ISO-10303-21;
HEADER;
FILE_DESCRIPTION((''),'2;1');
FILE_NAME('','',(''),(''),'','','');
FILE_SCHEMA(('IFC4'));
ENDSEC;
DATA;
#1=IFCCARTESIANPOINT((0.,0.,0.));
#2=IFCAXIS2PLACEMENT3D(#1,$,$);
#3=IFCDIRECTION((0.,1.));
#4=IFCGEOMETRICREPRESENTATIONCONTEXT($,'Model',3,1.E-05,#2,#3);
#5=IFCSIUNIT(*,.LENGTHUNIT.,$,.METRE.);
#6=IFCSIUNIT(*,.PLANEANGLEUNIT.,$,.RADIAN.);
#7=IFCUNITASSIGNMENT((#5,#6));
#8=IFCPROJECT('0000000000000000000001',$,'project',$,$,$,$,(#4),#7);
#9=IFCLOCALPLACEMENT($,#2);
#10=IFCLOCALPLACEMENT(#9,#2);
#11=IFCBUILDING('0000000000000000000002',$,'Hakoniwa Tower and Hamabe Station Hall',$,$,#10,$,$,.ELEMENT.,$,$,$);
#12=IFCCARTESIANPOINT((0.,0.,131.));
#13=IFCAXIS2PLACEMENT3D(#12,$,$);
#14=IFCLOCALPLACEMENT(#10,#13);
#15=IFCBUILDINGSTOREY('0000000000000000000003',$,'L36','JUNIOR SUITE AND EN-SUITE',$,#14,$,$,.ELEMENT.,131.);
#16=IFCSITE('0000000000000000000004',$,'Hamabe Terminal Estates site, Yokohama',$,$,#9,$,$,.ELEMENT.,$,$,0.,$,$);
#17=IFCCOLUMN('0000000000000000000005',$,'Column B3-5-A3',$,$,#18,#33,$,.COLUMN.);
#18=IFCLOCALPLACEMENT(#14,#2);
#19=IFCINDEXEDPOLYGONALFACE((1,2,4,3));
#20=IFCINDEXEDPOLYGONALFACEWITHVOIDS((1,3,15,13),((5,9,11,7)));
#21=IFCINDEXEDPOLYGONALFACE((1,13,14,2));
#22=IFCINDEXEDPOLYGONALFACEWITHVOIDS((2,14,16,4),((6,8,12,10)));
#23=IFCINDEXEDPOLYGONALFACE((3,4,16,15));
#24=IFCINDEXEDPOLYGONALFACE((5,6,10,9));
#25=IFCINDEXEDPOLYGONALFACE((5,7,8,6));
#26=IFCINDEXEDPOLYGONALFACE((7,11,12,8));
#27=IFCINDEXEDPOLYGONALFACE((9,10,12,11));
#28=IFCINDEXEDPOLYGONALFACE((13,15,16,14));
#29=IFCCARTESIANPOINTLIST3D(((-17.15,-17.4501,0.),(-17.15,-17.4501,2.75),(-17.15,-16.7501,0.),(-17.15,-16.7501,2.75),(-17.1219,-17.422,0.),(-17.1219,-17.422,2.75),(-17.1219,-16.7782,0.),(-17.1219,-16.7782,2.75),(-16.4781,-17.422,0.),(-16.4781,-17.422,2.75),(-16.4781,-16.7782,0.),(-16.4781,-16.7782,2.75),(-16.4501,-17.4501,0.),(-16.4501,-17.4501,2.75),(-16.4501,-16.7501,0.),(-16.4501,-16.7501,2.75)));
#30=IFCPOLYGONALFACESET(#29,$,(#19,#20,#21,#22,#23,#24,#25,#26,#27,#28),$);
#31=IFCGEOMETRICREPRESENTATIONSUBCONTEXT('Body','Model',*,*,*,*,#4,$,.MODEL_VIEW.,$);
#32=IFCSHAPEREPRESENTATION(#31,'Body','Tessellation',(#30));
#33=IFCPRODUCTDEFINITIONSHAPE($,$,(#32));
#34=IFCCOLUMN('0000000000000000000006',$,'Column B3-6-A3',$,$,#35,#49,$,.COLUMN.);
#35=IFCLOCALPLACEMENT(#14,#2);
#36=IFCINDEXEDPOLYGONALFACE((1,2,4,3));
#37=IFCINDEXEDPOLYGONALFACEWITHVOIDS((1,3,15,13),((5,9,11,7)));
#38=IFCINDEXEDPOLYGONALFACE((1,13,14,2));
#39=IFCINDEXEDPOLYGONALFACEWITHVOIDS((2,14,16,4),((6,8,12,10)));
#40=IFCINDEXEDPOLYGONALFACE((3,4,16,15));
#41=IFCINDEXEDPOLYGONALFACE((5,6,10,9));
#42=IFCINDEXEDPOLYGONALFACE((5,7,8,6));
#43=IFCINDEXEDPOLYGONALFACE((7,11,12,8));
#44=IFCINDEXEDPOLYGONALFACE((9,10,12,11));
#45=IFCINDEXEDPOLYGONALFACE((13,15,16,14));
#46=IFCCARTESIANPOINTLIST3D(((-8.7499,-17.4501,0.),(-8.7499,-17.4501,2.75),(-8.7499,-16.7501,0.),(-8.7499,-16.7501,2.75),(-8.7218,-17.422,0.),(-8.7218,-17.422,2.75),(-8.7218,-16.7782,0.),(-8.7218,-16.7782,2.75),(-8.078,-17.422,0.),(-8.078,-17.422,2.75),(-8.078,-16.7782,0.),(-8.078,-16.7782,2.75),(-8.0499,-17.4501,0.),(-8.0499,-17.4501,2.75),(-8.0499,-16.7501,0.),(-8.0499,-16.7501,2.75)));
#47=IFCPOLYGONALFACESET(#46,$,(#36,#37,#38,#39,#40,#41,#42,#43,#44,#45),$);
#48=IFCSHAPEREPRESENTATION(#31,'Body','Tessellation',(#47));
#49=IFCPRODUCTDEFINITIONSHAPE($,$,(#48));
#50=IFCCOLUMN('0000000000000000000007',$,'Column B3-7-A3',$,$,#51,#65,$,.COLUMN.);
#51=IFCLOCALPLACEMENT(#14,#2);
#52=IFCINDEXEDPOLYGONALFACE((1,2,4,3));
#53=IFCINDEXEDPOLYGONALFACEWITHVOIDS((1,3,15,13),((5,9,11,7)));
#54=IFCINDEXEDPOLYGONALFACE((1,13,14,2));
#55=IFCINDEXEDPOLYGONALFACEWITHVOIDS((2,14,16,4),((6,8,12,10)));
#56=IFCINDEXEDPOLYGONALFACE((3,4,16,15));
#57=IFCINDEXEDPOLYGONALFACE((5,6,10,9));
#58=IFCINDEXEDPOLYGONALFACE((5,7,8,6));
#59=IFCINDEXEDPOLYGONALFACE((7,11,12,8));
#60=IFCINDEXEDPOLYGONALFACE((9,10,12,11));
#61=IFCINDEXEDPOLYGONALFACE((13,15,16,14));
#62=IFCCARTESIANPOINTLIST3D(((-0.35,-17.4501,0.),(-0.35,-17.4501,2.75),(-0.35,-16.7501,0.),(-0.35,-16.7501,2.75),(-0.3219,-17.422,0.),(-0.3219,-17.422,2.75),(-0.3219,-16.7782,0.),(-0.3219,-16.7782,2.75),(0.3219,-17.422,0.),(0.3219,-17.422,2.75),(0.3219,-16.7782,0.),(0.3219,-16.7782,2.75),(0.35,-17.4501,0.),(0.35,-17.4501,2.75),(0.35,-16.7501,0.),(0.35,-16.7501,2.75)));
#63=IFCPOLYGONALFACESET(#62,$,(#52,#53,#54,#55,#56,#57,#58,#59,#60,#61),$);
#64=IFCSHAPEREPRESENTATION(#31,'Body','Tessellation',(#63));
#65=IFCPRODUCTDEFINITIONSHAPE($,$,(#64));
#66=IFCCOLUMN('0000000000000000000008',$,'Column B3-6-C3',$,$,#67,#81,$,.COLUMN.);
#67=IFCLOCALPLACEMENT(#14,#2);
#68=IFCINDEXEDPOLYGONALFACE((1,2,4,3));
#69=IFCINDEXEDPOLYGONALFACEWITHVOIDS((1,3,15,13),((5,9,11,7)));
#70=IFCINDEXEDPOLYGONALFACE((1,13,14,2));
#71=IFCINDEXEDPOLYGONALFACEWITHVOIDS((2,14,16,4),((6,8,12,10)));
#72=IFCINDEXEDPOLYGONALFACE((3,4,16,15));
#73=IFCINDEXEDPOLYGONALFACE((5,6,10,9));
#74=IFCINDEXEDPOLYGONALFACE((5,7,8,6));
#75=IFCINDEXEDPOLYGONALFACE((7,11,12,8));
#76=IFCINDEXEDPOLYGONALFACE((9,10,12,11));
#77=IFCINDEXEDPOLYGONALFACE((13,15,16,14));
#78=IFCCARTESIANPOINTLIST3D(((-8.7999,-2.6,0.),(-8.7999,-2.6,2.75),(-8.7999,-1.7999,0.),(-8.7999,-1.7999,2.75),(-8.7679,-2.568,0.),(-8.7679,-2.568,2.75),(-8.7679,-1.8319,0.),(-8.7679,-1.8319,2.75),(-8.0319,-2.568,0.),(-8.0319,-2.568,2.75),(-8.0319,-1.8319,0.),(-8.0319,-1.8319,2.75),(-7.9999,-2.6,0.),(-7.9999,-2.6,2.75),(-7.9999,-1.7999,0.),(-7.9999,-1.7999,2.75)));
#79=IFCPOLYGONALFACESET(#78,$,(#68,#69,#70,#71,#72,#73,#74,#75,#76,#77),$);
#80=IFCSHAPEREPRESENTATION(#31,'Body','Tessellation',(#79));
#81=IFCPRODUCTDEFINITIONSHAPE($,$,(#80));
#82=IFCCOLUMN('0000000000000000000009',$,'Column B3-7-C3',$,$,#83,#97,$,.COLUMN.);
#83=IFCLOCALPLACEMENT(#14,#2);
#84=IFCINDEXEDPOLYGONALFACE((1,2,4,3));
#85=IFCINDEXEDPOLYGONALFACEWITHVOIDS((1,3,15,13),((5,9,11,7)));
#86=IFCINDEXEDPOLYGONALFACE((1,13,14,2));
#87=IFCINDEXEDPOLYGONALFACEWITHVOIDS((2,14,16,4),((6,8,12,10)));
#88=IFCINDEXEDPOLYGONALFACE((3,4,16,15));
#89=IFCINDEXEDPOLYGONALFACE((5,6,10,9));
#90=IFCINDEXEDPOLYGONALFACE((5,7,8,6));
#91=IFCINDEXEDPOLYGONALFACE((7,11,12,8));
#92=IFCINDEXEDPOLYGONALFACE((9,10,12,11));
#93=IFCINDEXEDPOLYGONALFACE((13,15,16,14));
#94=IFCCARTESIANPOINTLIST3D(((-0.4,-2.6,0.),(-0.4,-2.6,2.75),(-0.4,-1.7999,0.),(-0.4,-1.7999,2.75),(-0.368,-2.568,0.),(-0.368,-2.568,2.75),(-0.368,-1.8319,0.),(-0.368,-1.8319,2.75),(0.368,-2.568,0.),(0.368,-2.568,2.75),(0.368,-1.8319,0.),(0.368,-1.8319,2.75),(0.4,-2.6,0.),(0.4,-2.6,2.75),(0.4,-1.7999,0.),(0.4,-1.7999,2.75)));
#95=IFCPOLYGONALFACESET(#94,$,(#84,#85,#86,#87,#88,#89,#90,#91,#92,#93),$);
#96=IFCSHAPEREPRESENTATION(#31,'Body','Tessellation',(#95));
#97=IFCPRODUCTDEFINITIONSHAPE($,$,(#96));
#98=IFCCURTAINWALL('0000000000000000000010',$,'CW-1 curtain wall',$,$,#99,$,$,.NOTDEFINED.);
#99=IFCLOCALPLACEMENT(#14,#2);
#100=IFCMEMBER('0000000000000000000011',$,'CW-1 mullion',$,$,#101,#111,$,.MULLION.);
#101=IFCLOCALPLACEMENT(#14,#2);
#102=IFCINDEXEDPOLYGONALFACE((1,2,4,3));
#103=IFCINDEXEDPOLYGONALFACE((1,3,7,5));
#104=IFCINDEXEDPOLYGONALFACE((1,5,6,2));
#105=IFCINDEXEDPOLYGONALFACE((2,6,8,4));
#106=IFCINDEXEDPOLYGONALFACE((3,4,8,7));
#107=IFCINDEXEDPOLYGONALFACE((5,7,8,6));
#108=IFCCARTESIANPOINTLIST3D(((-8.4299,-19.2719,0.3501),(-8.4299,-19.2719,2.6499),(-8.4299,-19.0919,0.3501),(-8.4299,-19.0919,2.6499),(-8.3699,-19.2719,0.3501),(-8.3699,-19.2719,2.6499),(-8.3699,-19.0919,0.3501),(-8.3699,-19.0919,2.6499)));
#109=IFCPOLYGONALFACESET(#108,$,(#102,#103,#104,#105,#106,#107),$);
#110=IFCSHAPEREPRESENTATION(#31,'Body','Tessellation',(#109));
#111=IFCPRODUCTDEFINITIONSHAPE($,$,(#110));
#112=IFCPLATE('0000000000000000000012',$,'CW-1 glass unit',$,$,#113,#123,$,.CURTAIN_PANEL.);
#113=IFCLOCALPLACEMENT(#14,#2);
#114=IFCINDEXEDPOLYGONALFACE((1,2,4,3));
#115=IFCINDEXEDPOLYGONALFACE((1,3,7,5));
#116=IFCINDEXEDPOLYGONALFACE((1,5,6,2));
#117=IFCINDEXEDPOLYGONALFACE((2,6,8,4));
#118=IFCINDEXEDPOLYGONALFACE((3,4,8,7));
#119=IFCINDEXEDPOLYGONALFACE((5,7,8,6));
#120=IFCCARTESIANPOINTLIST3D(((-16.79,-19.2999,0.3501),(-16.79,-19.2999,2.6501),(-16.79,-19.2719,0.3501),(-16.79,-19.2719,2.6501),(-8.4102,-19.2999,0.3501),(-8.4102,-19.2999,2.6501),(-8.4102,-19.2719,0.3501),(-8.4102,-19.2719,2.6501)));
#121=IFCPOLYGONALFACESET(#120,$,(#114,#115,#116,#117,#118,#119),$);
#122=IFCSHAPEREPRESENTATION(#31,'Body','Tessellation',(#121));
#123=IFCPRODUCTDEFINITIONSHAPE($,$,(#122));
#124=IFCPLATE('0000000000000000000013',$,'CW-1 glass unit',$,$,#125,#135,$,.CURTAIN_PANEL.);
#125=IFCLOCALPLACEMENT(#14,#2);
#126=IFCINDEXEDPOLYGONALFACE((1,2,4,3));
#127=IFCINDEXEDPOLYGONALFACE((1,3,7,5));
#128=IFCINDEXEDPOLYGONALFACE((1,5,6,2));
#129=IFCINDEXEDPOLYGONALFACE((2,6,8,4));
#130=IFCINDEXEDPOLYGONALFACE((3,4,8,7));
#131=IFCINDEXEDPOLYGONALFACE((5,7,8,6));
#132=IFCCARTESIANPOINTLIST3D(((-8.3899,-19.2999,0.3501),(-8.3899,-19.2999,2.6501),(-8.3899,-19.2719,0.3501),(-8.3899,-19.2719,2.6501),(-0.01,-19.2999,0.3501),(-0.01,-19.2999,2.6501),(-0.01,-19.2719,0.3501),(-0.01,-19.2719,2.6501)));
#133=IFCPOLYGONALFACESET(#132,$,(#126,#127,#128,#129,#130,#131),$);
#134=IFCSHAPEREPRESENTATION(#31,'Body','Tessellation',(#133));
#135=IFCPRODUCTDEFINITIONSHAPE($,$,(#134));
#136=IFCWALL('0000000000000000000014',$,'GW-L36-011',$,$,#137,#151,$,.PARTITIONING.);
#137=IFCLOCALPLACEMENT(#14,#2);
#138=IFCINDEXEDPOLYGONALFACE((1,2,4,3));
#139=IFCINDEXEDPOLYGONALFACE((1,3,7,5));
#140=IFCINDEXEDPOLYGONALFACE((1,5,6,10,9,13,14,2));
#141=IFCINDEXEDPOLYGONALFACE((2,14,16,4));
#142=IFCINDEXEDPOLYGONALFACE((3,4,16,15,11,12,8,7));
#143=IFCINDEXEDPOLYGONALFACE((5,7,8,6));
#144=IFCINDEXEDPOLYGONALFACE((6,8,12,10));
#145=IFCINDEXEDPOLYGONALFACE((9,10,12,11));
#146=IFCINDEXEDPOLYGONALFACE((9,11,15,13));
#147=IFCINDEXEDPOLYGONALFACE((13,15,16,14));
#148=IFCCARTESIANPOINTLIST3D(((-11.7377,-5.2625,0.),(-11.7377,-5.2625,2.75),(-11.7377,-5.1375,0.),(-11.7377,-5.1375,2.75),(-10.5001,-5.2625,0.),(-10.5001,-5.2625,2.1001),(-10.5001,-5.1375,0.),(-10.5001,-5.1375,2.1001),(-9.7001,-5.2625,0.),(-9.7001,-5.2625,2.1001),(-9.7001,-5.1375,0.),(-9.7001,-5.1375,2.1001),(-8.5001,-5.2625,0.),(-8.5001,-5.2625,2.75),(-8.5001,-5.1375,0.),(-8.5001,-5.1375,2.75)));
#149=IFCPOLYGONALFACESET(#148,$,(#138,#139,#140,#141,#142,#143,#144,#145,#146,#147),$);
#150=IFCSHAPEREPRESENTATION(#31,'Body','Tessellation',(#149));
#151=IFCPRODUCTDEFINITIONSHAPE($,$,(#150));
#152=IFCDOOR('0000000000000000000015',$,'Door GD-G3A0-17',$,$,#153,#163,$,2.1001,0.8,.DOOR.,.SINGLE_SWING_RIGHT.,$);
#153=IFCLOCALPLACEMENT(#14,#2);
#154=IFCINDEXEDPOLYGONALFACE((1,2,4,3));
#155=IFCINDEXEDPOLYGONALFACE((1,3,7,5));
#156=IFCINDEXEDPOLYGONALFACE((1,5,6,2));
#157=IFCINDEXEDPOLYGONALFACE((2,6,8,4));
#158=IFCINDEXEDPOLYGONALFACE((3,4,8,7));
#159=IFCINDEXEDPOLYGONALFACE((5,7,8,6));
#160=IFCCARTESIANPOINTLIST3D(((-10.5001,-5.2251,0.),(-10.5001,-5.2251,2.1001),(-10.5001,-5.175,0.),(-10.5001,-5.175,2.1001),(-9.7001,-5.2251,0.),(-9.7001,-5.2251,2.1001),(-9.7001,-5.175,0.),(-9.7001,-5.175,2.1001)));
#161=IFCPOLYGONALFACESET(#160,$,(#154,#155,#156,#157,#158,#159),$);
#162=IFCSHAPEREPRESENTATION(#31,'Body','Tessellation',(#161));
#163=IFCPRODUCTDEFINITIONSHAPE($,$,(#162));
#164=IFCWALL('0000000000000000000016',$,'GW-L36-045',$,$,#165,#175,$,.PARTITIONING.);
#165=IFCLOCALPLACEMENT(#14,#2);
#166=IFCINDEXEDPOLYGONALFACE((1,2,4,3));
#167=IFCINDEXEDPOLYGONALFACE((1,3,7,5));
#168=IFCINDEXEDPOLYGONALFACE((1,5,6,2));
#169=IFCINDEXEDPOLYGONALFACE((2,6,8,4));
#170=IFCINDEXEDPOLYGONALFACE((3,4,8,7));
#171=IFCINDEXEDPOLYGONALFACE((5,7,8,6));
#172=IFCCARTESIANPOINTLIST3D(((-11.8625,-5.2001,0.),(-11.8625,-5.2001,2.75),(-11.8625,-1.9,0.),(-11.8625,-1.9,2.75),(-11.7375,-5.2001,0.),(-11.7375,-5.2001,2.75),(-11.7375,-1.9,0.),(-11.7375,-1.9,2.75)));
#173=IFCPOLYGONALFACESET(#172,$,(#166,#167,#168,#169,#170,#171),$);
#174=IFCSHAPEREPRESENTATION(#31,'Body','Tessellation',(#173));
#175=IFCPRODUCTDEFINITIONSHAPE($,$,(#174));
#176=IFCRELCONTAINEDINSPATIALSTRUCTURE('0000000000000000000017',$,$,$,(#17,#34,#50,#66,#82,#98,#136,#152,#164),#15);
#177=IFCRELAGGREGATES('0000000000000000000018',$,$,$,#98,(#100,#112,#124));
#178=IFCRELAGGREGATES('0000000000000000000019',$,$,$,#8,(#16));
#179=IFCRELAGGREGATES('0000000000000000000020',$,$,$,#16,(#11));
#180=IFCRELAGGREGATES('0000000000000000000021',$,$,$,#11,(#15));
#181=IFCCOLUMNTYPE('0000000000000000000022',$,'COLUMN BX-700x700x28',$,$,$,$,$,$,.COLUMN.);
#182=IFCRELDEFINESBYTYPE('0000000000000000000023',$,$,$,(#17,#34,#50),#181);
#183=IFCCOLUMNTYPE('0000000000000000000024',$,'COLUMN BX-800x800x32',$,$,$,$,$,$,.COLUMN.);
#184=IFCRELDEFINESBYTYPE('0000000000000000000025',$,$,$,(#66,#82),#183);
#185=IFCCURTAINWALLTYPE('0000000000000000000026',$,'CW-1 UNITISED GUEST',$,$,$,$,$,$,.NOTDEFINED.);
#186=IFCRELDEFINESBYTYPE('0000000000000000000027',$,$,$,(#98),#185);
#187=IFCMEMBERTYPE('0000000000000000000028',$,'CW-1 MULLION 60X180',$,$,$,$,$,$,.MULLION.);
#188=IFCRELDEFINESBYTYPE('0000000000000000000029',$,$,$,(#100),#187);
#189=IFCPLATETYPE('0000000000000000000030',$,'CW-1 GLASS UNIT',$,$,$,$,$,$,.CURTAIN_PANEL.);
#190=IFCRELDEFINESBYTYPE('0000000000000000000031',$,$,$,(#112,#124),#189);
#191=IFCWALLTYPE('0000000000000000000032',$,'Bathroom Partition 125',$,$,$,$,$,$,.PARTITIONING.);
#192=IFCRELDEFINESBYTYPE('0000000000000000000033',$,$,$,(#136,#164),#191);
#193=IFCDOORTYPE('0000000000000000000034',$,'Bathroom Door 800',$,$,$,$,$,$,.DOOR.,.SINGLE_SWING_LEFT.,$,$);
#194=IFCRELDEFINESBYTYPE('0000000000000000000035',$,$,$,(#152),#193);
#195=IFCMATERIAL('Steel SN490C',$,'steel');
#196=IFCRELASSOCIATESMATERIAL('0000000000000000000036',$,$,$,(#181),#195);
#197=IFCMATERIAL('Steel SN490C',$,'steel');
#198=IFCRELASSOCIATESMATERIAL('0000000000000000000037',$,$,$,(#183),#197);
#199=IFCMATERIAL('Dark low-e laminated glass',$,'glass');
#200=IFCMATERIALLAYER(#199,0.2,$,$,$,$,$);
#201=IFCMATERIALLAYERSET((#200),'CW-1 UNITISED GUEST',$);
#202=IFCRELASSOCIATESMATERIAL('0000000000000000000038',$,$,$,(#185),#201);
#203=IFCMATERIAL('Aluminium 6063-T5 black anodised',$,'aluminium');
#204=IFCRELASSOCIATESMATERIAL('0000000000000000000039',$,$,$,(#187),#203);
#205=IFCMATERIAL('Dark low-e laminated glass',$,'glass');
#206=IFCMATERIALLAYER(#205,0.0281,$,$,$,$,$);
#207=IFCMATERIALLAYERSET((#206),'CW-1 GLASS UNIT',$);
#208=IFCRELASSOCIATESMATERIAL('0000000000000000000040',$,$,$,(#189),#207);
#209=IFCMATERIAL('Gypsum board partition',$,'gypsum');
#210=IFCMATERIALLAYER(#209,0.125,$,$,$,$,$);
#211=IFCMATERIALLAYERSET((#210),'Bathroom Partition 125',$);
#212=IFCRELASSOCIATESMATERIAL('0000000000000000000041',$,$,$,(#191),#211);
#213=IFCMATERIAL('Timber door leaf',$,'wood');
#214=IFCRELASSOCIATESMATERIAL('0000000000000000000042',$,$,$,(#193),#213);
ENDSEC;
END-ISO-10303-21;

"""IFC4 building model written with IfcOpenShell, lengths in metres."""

from ifc_helpers import new_model, si_unit, direction, frame, frame_2d, origin, origin_2d, place, context, subcontext, project, spatial, rectangle, hollow_rectangle, extrude, material, layer, layer_set, material_profile, profile_set, type_object, element, fill, aggregate, save


model = new_model("IFC4")

# Units and contexts
model_context = context("Model", 3, precision=1e-05, world=origin(), true_north=direction((0.0, 1.0)))
body_context = subcontext(model_context, "Body", "Model", "MODEL_VIEW")
ifc_project = project(units=[si_unit("LENGTHUNIT", "METRE"), si_unit("PLANEANGLEUNIT", "RADIAN")], contexts=[model_context])

# Site, building, storey
site_placement = place(None, origin())
site = spatial("IfcSite", under=ifc_project, at=site_placement, Name="Hamabe Terminal Estates site, Yokohama", CompositionType="ELEMENT", RefElevation=0.0)
building_placement = place(site_placement, origin())
building = spatial("IfcBuilding", under=site, at=building_placement, Name="Hakoniwa Tower and Hamabe Station Hall", CompositionType="ELEMENT")
storey_placement = place(building_placement, frame((0.0, 0.0, 131.0)))
storey = spatial("IfcBuildingStorey", under=building, at=storey_placement, Name="L36", Description="JUNIOR SUITE AND EN-SUITE", CompositionType="ELEMENT", Elevation=131.0)

# Columns
ifc_material_1 = material(Name="Steel SN490C", Category="steel")
ifc_material_profile_1 = material_profile(ifc_material_1, hollow_rectangle(XDim=0.7, YDim=0.7, WallThickness=0.0281, at=origin_2d()), Name="BX-700x700x28")
ifc_profile_set_1 = profile_set([ifc_material_profile_1], Name="Steel SN490C")
column_type_1 = type_object("IfcColumnType", Name="COLUMN BX-700x700x28", PredefinedType="COLUMN", material=ifc_profile_set_1)
for number, where, z_axis, x_axis, name in (
    (1, (-16.8, -17.1001, 0.0), (0.0, 0.0, 1.0), (1.0, 0.0, 0.0), "Column B3-5-A3"),
    (2, (-8.3999, -17.1001, 0.0), (0.0, 0.0, 1.0), (1.0, 0.0, 0.0), "Column B3-6-A3"),
    (3, (0.0, -17.1001, 0.0), (0.0, 0.0, 1.0), (1.0, 0.0, 0.0), "Column B3-7-A3"),
):
    element("IfcColumn", number, at=place(storey_placement, frame(where, z_axis=z_axis, x_axis=x_axis)), inside=storey, type_object=column_type_1, Name=name, PredefinedType="COLUMN", context=body_context, shape_type="SweptSolid", body=[
        extrude(hollow_rectangle(XDim=0.7, YDim=0.7, WallThickness=0.0281, at=origin_2d()), origin(), (0.0, 0.0, 1.0), 2.75),
    ])
ifc_material_2 = material(Name="Steel SN490C", Category="steel")
ifc_material_profile_2 = material_profile(ifc_material_2, hollow_rectangle(XDim=0.8, YDim=0.8, WallThickness=0.032, at=origin_2d()), Name="BX-800x800x32")
ifc_profile_set_2 = profile_set([ifc_material_profile_2], Name="Steel SN490C")
column_type_2 = type_object("IfcColumnType", Name="COLUMN BX-800x800x32", PredefinedType="COLUMN", material=ifc_profile_set_2)
for number, where, z_axis, x_axis, name in (
    (4, (-8.3999, -2.2, 0.0), (0.0, 0.0, 1.0), (1.0, 0.0, 0.0), "Column B3-6-C3"),
    (5, (0.0, -2.2, 0.0), (0.0, 0.0, 1.0), (1.0, 0.0, 0.0), "Column B3-7-C3"),
):
    element("IfcColumn", number, at=place(storey_placement, frame(where, z_axis=z_axis, x_axis=x_axis)), inside=storey, type_object=column_type_2, Name=name, PredefinedType="COLUMN", context=body_context, shape_type="SweptSolid", body=[
        extrude(hollow_rectangle(XDim=0.8, YDim=0.8, WallThickness=0.032, at=origin_2d()), origin(), (0.0, 0.0, 1.0), 2.75),
    ])

# Curtain wall, member, plates
ifc_material_3 = material(Name="Dark low-e laminated glass", Category="glass")
ifc_layer_1 = layer(ifc_material_3, 0.2)
ifc_layer_set_1 = layer_set([ifc_layer_1], Name="CW-1 UNITISED GUEST")
curtain_wall_type = type_object("IfcCurtainWallType", Name="CW-1 UNITISED GUEST", PredefinedType="NOTDEFINED", material=ifc_layer_set_1)
curtain_wall_placement = place(storey_placement, origin())
curtain_wall = element("IfcCurtainWall", 6, at=curtain_wall_placement, inside=storey, type_object=curtain_wall_type, Name="CW-1 curtain wall", PredefinedType="NOTDEFINED")
ifc_material_4 = material(Name="Aluminium 6063-T5 black anodised", Category="aluminium")
ifc_material_profile_3 = material_profile(ifc_material_4, rectangle(XDim=0.0601, YDim=0.1799, at=origin_2d()), Name="CW-1 MULLION 60X180")
ifc_profile_set_3 = profile_set([ifc_material_profile_3], Name="Aluminium 6063-T5 black anodised")
member_type = type_object("IfcMemberType", Name="CW-1 MULLION 60X180", PredefinedType="MULLION", material=ifc_profile_set_3)
member_placement = place(storey_placement, frame((-8.3999, -19.1819, 0.3501), z_axis=(0.0, 0.0, 1.0), x_axis=(1.0, 0.0, 0.0)))
member = element("IfcMember", 7, at=member_placement, type_object=member_type, Name="CW-1 mullion", PredefinedType="MULLION", context=body_context, shape_type="SweptSolid", body=[
    extrude(rectangle(XDim=0.0601, YDim=0.1799, at=origin_2d()), origin(), (0.0, 0.0, 1.0), 2.2998),
])
ifc_material_5 = material(Name="Dark low-e laminated glass", Category="glass")
ifc_layer_2 = layer(ifc_material_5, 0.0281)
ifc_layer_set_2 = layer_set([ifc_layer_2], Name="CW-1 GLASS UNIT")
plate_type = type_object("IfcPlateType", Name="CW-1 GLASS UNIT", PredefinedType="CURTAIN_PANEL", material=ifc_layer_set_2)
plate_1_placement = place(storey_placement, frame((-12.6001, -19.2859, 0.3501), z_axis=(0.0, 0.0, 1.0), x_axis=(1.0, 0.0, 0.0)))
plate_1 = element("IfcPlate", 8, at=plate_1_placement, type_object=plate_type, Name="CW-1 glass unit", PredefinedType="CURTAIN_PANEL", context=body_context, shape_type="SweptSolid", body=[
    extrude(rectangle(XDim=8.3799, YDim=0.0281, at=origin_2d()), origin(), (0.0, 0.0, 1.0), 2.3),
])
plate_2_placement = place(storey_placement, frame((-4.2, -19.2859, 0.3501), z_axis=(0.0, 0.0, 1.0), x_axis=(1.0, 0.0, 0.0)))
plate_2 = element("IfcPlate", 9, at=plate_2_placement, type_object=plate_type, Name="CW-1 glass unit", PredefinedType="CURTAIN_PANEL", context=body_context, shape_type="SweptSolid", body=[
    extrude(rectangle(XDim=8.3799, YDim=0.0281, at=origin_2d()), origin(), (0.0, 0.0, 1.0), 2.3),
])
aggregate(curtain_wall, [member, plate_1, plate_2])

# Wall, opening, door
ifc_material_6 = material(Name="Gypsum board partition", Category="gypsum")
ifc_layer_3 = layer(ifc_material_6, 0.125)
ifc_layer_set_3 = layer_set([ifc_layer_3], Name="Bathroom Partition 125")
wall_type_1 = type_object("IfcWallType", Name="Bathroom Partition 125", PredefinedType="PARTITIONING", material=ifc_layer_set_3)
wall_1_placement = place(storey_placement, frame((-11.7375, -5.2, 0.0), z_axis=(0.0, 0.0, 1.0), x_axis=(1.0, 0.0, 0.0)))
wall_1 = element("IfcWall", 10, at=wall_1_placement, inside=storey, type_object=wall_type_1, Name="GW-L36-011", PredefinedType="PARTITIONING", context=body_context, shape_type="SweptSolid", body=[
    extrude(rectangle(XDim=3.2375, YDim=0.125, at=frame_2d((1.6187, 0.0))), origin(), (0.0, 0.0, 1.0), 2.75),
])
opening_1_placement = place(wall_1_placement, frame((1.2375, 0.0, 0.0)))
opening_1 = element("IfcOpeningElement", 11, at=opening_1_placement, cuts=wall_1, PredefinedType="OPENING", context=body_context, shape_type="SweptSolid", body=[
    extrude(rectangle(XDim=0.8, YDim=2.1001, at=frame_2d((0.3999, 1.05))), frame((0.0, 0.0725, 0.0), z_axis=(0.0, -1.0, 0.0), x_axis=(1.0, 0.0, 0.0)), (0.0, 0.0, 1.0), 0.145),
])
ifc_material_7 = material(Name="Timber door leaf", Category="wood")
door_type_1 = type_object("IfcDoorType", Name="Bathroom Door 800", OperationType="SINGLE_SWING_LEFT", PredefinedType="DOOR", material=ifc_material_7)
door_1_placement = place(opening_1_placement, origin())
door_1 = element("IfcDoor", 12, at=door_1_placement, inside=storey, type_object=door_type_1, Name="Door GD-G3A0-17", OperationType="SINGLE_SWING_RIGHT", OverallHeight=2.1001, OverallWidth=0.8, PredefinedType="DOOR", context=body_context, shape_type="SweptSolid", body=[
    extrude(rectangle(XDim=0.8, YDim=2.1001, at=frame_2d((0.3999, 1.05))), frame((0.0, 0.0249, 0.0), z_axis=(0.0, -1.0, 0.0), x_axis=(1.0, 0.0, 0.0)), (0.0, 0.0, 1.0), 0.05),
])
fill(opening_1, door_1)

# Wall
wall_2_placement = place(storey_placement, frame((-11.8, -5.2, 0.0), z_axis=(0.0, 0.0, 1.0), x_axis=(0.0, 1.0, 0.0)))
element("IfcWall", 13, at=wall_2_placement, inside=storey, type_object=wall_type_1, Name="GW-L36-045", PredefinedType="PARTITIONING", context=body_context, shape_type="SweptSolid", body=[
    extrude(rectangle(XDim=3.3, YDim=0.125, at=frame_2d((1.6499, 0.0))), origin(), (0.0, 0.0, 1.0), 2.75),
])

save(model, "model.ifc")
